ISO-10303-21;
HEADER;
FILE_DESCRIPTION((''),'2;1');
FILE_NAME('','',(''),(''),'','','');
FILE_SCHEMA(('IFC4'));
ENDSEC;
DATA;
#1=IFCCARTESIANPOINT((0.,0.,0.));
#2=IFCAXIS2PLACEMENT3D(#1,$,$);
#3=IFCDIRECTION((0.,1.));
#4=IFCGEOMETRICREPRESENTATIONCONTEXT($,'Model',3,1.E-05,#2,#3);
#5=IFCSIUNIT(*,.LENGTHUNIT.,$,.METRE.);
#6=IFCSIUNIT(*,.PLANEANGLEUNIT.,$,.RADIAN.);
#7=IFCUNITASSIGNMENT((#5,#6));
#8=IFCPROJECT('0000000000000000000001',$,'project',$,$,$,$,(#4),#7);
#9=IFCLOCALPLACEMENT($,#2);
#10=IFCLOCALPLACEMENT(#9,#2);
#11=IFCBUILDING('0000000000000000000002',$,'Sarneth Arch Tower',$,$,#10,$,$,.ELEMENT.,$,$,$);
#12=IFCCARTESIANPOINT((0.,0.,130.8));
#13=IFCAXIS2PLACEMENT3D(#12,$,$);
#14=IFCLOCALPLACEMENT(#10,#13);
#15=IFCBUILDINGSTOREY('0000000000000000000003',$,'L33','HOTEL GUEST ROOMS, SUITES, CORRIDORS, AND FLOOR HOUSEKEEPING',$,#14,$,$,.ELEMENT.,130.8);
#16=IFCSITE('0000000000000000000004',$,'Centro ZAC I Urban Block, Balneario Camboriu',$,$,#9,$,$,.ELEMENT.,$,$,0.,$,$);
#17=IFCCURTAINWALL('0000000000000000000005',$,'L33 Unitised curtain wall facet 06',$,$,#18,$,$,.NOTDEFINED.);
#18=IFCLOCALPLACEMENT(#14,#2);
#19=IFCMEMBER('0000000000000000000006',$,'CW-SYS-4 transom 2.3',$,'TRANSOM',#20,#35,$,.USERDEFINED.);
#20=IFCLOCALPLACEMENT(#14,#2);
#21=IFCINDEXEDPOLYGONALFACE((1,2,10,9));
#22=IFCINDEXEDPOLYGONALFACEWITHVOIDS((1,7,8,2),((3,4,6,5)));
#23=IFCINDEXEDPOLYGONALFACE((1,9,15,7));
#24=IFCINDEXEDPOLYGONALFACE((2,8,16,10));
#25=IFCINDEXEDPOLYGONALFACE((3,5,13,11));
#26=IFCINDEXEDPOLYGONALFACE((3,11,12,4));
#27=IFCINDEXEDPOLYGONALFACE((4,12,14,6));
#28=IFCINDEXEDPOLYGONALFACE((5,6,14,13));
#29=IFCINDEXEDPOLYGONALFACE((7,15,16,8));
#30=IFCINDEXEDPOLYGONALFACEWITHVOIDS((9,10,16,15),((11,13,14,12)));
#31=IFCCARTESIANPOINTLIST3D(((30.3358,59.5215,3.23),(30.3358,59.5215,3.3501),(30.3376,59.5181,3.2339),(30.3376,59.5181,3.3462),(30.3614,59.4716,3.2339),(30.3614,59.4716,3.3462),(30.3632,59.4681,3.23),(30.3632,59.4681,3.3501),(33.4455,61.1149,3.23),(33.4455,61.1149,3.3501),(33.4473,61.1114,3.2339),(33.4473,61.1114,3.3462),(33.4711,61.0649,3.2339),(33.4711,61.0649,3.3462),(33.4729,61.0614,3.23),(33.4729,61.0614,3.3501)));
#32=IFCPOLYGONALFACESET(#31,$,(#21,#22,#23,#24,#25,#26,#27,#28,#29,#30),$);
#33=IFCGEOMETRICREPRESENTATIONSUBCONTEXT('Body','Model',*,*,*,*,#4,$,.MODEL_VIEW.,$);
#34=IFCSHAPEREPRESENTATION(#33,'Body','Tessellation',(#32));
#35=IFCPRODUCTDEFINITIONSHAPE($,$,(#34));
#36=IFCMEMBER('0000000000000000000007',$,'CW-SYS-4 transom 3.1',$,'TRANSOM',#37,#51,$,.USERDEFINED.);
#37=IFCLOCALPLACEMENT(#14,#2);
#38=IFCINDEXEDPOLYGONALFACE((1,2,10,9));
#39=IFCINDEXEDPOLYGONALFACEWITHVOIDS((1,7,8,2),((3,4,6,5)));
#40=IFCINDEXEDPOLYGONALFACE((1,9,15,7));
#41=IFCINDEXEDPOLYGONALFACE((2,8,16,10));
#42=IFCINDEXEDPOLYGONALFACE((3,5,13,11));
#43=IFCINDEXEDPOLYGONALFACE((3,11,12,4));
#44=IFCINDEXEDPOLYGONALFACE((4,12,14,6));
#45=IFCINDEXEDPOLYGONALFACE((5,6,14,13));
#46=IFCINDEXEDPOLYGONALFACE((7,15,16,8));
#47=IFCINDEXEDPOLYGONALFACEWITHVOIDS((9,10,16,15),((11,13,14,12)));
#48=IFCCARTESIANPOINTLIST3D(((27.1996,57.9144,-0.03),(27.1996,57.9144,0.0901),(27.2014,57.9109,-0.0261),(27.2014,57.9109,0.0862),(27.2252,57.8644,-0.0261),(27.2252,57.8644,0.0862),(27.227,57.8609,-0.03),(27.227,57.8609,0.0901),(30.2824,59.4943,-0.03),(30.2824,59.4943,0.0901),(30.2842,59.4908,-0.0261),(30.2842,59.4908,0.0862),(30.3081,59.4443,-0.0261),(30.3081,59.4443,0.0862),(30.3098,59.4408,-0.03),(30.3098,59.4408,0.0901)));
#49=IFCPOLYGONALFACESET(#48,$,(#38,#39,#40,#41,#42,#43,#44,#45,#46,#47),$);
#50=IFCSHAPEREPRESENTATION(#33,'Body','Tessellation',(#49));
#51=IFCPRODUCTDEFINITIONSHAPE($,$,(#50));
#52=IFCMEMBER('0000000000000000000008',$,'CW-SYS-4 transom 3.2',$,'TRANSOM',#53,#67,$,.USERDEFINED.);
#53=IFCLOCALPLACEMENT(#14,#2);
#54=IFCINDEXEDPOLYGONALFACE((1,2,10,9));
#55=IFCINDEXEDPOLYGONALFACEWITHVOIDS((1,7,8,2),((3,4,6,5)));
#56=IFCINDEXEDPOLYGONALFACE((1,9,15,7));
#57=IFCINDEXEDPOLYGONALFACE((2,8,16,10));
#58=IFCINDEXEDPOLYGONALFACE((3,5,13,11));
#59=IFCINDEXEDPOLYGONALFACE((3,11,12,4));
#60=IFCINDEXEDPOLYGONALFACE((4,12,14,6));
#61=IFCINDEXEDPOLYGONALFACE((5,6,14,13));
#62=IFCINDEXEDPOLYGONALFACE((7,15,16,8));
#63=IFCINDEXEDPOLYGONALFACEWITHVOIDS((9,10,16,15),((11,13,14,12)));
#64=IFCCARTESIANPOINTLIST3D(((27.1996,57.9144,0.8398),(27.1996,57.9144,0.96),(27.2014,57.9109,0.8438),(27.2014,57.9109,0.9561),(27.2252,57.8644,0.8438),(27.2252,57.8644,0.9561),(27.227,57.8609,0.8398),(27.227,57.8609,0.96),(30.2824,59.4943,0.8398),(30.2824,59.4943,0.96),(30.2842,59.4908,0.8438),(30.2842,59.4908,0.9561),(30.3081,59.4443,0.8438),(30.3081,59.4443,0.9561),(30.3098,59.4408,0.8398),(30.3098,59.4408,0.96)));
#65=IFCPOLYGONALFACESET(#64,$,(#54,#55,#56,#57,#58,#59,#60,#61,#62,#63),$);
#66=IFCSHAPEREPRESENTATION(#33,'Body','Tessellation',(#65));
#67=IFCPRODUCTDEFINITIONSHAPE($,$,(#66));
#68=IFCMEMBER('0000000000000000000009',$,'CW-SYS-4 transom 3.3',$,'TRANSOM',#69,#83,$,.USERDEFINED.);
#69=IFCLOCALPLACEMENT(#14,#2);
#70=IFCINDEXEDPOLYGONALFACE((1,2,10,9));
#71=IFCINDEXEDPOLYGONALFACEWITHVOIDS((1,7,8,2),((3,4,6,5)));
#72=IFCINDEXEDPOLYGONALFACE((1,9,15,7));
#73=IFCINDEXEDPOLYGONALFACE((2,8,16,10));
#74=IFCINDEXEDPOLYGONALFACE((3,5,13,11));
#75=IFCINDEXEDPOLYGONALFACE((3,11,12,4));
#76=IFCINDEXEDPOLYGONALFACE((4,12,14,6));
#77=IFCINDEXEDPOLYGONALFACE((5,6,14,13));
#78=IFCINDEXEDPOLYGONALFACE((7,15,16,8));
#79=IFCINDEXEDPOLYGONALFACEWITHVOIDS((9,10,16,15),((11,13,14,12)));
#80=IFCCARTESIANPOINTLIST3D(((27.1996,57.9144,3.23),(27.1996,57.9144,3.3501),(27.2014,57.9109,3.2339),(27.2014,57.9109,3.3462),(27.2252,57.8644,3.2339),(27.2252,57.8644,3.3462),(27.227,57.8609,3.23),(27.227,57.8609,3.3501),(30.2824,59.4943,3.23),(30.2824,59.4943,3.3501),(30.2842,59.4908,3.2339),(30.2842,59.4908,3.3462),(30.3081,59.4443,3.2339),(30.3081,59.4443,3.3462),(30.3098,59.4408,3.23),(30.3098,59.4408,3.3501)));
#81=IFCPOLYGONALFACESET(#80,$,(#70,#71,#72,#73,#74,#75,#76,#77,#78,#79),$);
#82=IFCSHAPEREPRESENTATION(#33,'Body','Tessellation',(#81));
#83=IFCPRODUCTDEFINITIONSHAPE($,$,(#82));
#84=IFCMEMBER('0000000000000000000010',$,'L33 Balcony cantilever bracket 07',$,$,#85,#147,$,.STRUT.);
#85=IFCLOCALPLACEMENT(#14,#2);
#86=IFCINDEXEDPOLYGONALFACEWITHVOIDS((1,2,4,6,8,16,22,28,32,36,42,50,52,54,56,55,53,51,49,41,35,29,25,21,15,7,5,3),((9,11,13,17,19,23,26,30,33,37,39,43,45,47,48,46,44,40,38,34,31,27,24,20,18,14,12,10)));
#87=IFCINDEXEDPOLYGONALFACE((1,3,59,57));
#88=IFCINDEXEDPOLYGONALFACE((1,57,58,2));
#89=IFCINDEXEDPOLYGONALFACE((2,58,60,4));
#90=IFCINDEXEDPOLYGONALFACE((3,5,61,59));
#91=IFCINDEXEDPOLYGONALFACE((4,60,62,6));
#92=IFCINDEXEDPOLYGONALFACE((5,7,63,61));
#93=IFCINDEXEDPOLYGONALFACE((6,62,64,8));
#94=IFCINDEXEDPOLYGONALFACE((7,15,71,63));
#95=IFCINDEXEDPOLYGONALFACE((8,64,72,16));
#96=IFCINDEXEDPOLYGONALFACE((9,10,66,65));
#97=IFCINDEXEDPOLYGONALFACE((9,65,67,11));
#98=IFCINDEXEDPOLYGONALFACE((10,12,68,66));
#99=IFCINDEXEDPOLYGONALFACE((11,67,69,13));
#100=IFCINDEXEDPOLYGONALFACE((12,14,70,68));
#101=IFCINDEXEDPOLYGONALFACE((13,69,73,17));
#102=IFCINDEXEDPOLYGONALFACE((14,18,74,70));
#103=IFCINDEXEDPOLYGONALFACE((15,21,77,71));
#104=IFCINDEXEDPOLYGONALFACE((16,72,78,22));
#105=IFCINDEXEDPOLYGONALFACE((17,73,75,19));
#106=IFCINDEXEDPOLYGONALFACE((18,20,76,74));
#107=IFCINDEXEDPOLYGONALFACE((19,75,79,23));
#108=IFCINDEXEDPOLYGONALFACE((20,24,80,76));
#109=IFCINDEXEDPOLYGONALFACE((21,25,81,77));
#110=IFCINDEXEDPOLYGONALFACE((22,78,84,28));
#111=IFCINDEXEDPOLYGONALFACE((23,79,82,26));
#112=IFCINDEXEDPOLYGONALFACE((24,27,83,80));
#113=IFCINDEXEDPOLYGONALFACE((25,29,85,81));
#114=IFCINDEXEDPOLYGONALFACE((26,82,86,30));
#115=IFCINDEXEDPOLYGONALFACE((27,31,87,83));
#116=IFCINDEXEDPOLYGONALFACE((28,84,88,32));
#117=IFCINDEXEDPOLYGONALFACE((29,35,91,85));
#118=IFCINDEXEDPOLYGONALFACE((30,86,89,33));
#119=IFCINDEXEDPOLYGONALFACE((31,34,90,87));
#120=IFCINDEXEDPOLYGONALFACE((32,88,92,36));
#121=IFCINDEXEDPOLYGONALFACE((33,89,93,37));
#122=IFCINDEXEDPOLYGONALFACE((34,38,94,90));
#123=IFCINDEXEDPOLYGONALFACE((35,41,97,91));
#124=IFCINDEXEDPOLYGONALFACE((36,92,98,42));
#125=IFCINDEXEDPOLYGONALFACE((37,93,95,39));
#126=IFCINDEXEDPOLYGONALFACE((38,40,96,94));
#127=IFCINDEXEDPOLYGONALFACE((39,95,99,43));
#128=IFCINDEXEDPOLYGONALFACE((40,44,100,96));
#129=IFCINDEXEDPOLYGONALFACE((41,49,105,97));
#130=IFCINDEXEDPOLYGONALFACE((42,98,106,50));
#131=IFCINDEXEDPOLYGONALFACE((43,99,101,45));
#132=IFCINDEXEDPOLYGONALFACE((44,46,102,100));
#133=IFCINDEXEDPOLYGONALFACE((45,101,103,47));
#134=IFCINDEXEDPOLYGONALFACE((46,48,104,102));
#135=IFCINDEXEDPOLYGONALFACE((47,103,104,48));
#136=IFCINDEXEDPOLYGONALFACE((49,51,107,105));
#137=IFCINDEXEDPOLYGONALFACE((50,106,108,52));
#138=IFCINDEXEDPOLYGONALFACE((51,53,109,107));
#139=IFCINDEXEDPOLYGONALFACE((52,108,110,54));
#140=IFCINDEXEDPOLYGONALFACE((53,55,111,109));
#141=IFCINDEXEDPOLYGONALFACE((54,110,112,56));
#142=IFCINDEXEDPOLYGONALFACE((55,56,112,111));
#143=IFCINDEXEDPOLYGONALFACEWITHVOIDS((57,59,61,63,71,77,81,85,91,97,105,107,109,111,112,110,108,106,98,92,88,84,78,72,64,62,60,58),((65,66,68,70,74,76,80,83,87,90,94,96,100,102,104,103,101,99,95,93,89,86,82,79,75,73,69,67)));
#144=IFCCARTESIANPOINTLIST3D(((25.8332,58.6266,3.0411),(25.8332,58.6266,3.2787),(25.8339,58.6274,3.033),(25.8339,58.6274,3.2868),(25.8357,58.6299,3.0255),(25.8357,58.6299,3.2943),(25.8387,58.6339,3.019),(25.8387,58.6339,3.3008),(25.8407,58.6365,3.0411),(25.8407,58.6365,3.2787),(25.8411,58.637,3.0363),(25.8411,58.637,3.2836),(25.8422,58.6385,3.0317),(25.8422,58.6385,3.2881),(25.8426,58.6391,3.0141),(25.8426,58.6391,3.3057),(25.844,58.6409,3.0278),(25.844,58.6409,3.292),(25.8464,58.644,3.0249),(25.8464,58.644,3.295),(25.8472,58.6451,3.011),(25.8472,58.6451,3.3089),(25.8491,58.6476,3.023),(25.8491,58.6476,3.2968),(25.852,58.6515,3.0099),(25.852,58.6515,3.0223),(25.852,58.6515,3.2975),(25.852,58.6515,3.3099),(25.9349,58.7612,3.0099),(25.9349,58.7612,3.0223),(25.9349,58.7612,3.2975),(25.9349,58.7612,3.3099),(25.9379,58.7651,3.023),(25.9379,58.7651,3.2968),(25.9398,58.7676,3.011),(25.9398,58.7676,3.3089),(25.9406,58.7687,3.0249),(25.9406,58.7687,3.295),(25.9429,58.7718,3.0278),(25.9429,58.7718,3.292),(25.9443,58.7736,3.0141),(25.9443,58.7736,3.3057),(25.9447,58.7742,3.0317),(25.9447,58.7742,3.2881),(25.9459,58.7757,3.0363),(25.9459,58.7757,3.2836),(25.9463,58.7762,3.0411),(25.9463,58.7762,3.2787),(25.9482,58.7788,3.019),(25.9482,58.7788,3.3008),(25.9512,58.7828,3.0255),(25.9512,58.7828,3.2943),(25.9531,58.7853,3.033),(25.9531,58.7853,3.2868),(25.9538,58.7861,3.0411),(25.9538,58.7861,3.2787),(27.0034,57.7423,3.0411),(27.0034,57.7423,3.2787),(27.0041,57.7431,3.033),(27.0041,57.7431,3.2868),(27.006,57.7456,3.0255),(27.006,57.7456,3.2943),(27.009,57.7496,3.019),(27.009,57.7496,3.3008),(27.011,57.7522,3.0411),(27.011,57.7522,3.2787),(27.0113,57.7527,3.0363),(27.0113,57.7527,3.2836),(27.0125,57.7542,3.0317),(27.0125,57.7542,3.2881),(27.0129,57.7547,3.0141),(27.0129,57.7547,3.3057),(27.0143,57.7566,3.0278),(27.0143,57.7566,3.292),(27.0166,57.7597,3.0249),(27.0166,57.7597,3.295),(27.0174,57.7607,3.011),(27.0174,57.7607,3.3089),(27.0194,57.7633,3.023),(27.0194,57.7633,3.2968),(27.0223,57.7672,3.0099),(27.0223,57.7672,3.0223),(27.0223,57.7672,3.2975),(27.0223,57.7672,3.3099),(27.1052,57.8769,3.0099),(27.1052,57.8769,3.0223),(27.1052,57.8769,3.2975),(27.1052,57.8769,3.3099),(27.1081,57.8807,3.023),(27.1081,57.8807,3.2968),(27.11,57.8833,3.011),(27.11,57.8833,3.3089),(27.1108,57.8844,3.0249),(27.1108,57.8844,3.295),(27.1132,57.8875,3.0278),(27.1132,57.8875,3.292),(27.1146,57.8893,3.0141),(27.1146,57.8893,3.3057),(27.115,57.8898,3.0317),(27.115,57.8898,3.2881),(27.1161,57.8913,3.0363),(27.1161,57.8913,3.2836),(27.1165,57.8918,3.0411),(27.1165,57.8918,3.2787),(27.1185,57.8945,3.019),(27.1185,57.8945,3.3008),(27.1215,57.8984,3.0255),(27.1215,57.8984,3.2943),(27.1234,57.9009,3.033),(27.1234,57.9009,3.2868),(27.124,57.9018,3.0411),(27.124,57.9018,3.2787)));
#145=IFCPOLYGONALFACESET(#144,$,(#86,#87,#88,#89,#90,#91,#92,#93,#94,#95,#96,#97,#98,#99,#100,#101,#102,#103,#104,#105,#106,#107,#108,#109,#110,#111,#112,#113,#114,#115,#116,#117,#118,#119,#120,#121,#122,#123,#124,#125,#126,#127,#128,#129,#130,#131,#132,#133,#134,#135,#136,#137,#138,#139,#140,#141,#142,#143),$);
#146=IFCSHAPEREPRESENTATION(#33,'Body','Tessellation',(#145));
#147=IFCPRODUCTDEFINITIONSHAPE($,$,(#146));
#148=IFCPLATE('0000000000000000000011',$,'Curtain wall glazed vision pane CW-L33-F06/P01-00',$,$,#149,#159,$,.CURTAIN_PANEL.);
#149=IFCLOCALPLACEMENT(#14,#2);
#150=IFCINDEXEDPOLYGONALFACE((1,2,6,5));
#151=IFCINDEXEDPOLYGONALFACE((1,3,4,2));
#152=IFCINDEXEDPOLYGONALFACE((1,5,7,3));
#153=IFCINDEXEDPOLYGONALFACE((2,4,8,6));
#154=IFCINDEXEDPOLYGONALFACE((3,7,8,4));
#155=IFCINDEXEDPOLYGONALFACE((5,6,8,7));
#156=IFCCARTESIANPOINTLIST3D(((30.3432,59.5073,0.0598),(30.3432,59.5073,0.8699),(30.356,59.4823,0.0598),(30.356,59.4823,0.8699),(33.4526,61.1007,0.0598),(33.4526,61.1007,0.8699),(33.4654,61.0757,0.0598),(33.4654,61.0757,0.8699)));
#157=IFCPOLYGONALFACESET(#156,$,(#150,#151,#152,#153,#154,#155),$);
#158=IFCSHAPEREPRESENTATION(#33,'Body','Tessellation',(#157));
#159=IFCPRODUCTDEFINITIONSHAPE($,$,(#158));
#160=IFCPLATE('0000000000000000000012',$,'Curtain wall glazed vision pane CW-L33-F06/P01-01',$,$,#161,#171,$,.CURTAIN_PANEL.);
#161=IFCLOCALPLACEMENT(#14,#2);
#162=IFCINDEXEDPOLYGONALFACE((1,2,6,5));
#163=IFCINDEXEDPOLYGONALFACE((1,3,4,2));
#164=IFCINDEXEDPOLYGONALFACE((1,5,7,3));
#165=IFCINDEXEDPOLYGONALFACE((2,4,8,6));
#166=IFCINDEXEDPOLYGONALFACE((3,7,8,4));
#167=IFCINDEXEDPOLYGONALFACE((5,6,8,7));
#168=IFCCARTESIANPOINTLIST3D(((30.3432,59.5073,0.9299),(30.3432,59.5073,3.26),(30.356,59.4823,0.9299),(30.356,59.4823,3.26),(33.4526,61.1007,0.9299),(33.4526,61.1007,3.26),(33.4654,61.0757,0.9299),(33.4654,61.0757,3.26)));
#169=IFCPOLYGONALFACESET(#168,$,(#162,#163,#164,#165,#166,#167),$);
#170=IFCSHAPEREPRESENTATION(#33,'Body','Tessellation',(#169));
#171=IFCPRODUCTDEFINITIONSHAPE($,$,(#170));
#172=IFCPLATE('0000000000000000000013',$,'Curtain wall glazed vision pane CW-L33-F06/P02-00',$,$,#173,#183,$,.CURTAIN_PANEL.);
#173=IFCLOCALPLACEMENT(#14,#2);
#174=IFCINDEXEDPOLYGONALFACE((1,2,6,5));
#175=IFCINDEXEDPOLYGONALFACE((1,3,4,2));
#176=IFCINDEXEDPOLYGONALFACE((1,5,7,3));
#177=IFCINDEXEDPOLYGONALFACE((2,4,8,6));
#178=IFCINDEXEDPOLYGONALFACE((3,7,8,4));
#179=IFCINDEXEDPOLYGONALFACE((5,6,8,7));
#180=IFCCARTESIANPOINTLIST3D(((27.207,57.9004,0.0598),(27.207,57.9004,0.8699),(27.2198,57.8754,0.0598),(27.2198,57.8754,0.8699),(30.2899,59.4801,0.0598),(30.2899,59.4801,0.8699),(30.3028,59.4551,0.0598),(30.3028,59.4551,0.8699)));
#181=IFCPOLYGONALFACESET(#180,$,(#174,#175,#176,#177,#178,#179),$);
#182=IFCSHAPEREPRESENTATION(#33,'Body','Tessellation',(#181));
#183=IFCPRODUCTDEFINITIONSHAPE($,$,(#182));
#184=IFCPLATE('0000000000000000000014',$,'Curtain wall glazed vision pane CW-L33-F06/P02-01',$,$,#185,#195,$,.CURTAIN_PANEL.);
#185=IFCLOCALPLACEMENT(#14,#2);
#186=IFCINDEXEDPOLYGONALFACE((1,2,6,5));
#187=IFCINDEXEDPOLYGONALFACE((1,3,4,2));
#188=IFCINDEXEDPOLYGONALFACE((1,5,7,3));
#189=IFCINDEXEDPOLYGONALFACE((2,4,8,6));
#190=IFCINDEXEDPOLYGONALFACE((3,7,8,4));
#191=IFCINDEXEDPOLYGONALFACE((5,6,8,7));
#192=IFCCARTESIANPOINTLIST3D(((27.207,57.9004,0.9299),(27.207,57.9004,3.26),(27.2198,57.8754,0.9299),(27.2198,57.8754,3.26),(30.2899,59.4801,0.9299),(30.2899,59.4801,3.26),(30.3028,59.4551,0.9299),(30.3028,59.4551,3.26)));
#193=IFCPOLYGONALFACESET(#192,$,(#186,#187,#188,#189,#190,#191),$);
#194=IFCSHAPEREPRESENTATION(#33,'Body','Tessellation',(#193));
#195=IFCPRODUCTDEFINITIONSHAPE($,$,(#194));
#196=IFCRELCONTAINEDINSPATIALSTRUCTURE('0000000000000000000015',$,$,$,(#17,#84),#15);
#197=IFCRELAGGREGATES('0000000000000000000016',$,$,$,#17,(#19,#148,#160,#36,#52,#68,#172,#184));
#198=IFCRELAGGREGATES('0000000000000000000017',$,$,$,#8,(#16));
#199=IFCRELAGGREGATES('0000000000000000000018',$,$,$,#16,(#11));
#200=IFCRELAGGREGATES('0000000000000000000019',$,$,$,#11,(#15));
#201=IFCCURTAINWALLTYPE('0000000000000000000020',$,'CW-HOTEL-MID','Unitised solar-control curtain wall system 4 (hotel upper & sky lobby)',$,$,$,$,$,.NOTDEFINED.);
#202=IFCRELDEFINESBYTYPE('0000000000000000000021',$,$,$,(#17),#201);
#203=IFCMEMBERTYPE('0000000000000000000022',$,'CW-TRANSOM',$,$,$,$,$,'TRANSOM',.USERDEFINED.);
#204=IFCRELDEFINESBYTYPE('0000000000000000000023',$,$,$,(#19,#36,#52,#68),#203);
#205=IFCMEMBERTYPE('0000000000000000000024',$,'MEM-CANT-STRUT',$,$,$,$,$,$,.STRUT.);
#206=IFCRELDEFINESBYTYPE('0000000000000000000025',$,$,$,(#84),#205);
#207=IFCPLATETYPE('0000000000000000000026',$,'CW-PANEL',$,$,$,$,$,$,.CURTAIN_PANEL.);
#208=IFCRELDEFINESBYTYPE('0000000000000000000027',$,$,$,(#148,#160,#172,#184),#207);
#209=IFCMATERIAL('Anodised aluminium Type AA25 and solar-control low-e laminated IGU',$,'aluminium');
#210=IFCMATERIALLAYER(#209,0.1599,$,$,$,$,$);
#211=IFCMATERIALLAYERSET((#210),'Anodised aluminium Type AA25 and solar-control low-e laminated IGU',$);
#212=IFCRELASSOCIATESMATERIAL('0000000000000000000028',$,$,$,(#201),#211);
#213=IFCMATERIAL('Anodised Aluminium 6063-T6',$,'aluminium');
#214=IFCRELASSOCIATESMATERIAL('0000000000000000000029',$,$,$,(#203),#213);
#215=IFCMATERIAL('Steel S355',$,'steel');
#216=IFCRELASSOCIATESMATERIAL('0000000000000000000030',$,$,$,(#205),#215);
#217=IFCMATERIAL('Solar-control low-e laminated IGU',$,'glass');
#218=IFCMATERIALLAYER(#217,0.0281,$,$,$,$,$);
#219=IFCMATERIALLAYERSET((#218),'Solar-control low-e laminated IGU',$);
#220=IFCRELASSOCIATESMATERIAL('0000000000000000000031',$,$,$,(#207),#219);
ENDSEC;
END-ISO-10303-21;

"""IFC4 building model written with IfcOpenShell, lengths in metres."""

from ifc_helpers import new_model, si_unit, direction, frame, origin, origin_2d, place, context, subcontext, project, spatial, rectangle, hollow_rectangle, extrude, material, layer, layer_set, material_profile, profile_set, type_object, element, aggregate, save


model = new_model("IFC4")

# Units and contexts
model_context = context("Model", 3, precision=1e-05, world=origin(), true_north=direction((0.0, 1.0)))
body_context = subcontext(model_context, "Body", "Model", "MODEL_VIEW")
ifc_project = project(units=[si_unit("LENGTHUNIT", "METRE"), si_unit("PLANEANGLEUNIT", "RADIAN")], contexts=[model_context])

# Site, building, storey
site_placement = place(None, origin())
site = spatial("IfcSite", under=ifc_project, at=site_placement, Name="Centro ZAC I Urban Block, Balneario Camboriu", CompositionType="ELEMENT", RefElevation=0.0)
building_placement = place(site_placement, origin())
building = spatial("IfcBuilding", under=site, at=building_placement, Name="Sarneth Arch Tower", CompositionType="ELEMENT")
storey_placement = place(building_placement, frame((0.0, 0.0, 130.8)))
storey = spatial("IfcBuildingStorey", under=building, at=storey_placement, Name="L33", Description="HOTEL GUEST ROOMS, SUITES, CORRIDORS, AND FLOOR HOUSEKEEPING", CompositionType="ELEMENT", Elevation=130.8)

# Curtain wall, members
ifc_material_1 = material(Name="Anodised aluminium Type AA25 and solar-control low-e laminated IGU", Category="aluminium")
ifc_layer_1 = layer(ifc_material_1, 0.1599)
ifc_layer_set_1 = layer_set([ifc_layer_1], Name="Anodised aluminium Type AA25 and solar-control low-e laminated IGU")
curtain_wall_type = type_object("IfcCurtainWallType", Name="CW-HOTEL-MID", Description="Unitised solar-control curtain wall system 4 (hotel upper & sky lobby)", PredefinedType="NOTDEFINED", material=ifc_layer_set_1)
curtain_wall_placement = place(storey_placement, origin())
curtain_wall = element("IfcCurtainWall", 1, at=curtain_wall_placement, inside=storey, type_object=curtain_wall_type, Name="L33 Unitised curtain wall facet 06", PredefinedType="NOTDEFINED")
ifc_material_2 = material(Name="Anodised Aluminium 6063-T6", Category="aluminium")
ifc_material_profile_1 = material_profile(ifc_material_2, hollow_rectangle(XDim=0.0601, YDim=0.1201, WallThickness=0.0039, at=origin_2d()), Name="AL-TRAN-120x60x4")
ifc_profile_set_1 = profile_set([ifc_material_profile_1], Name="Anodised Aluminium 6063-T6")
member_type_1 = type_object("IfcMemberType", Name="CW-TRANSOM", ElementType="TRANSOM", PredefinedType="USERDEFINED", material=ifc_profile_set_1)
member_1_placement = place(storey_placement, frame((33.4592, 61.0881, 3.29), z_axis=(-0.889982, -0.455996, 0.0), x_axis=(0.455996, -0.889982, 0.0)))
member_1 = element("IfcMember", 2, at=member_1_placement, type_object=member_type_1, Name="CW-SYS-4 transom 2.3", ObjectType="TRANSOM", PredefinedType="USERDEFINED", context=body_context, shape_type="SweptSolid", body=[
    extrude(hollow_rectangle(XDim=0.0601, YDim=0.1201, WallThickness=0.0039, at=origin_2d()), origin(), (0.0, 0.0, 1.0), 3.4941),
])
member_2_placement = place(storey_placement, frame((30.2961, 59.4675, 0.03), z_axis=(-0.889943, -0.456072, 0.0), x_axis=(0.456072, -0.889943, 0.0)))
member_2 = element("IfcMember", 3, at=member_2_placement, type_object=member_type_1, Name="CW-SYS-4 transom 3.1", ObjectType="TRANSOM", PredefinedType="USERDEFINED", context=body_context, shape_type="SweptSolid", body=[
    extrude(hollow_rectangle(XDim=0.0601, YDim=0.1201, WallThickness=0.0039, at=origin_2d()), origin(), (0.0, 0.0, 1.0), 3.4641),
])
member_3_placement = place(storey_placement, frame((30.2961, 59.4675, 0.8999), z_axis=(-0.889943, -0.456072, 0.0), x_axis=(0.456072, -0.889943, 0.0)))
member_3 = element("IfcMember", 4, at=member_3_placement, type_object=member_type_1, Name="CW-SYS-4 transom 3.2", ObjectType="TRANSOM", PredefinedType="USERDEFINED", context=body_context, shape_type="SweptSolid", body=[
    extrude(hollow_rectangle(XDim=0.0601, YDim=0.1201, WallThickness=0.0039, at=origin_2d()), origin(), (0.0, 0.0, 1.0), 3.4641),
])
member_4_placement = place(storey_placement, frame((30.2961, 59.4675, 3.29), z_axis=(-0.889943, -0.456072, 0.0), x_axis=(0.456072, -0.889943, 0.0)))
member_4 = element("IfcMember", 5, at=member_4_placement, type_object=member_type_1, Name="CW-SYS-4 transom 3.3", ObjectType="TRANSOM", PredefinedType="USERDEFINED", context=body_context, shape_type="SweptSolid", body=[
    extrude(hollow_rectangle(XDim=0.0601, YDim=0.1201, WallThickness=0.0039, at=origin_2d()), origin(), (0.0, 0.0, 1.0), 3.4641),
])

# Member
ifc_material_3 = material(Name="Steel S355", Category="steel")
ifc_material_profile_2 = material_profile(ifc_material_3, hollow_rectangle(XDim=0.2, YDim=0.3, WallThickness=0.0125, InnerFilletRadius=0.0188, OuterFilletRadius=0.0312, at=origin_2d()), Name="RHS300x200x12.5")
ifc_profile_set_2 = profile_set([ifc_material_profile_2], Name="Steel S355")
member_type_2 = type_object("IfcMemberType", Name="MEM-CANT-STRUT", PredefinedType="STRUT", material=ifc_profile_set_2)
member_5_placement = place(storey_placement, frame((27.0637, 57.822, 3.1599), z_axis=(-0.797818, 0.602899, 0.0), x_axis=(-0.602899, -0.797818, 0.0)))
element("IfcMember", 6, at=member_5_placement, inside=storey, type_object=member_type_2, Name="L33 Balcony cantilever bracket 07", PredefinedType="STRUT", context=body_context, shape_type="SweptSolid", body=[
    extrude(hollow_rectangle(XDim=0.2, YDim=0.3, WallThickness=0.0125, InnerFilletRadius=0.0188, OuterFilletRadius=0.0312, at=origin_2d()), origin(), (0.0, 0.0, 1.0), 1.4668),
])

# Plates
ifc_material_4 = material(Name="Solar-control low-e laminated IGU", Category="glass")
ifc_layer_2 = layer(ifc_material_4, 0.0281)
ifc_layer_set_2 = layer_set([ifc_layer_2], Name="Solar-control low-e laminated IGU")
plate_type_1 = type_object("IfcPlateType", Name="CW-PANEL", PredefinedType="CURTAIN_PANEL", material=ifc_layer_set_2)
plate_1_placement = place(storey_placement, frame((31.9043, 60.2915, 0.0598), z_axis=(0.0, 0.0, 1.0), x_axis=(-0.889964, -0.456031, 0.0)))
plate_1 = element("IfcPlate", 7, at=plate_1_placement, type_object=plate_type_1, Name="Curtain wall glazed vision pane CW-L33-F06/P01-00", PredefinedType="CURTAIN_PANEL", context=body_context, shape_type="SweptSolid", body=[
    extrude(rectangle(XDim=3.4939, YDim=0.0281, at=origin_2d()), origin(), (0.0, 0.0, 1.0), 0.8101),
])
plate_2_placement = place(storey_placement, frame((31.9043, 60.2915, 0.9299), z_axis=(0.0, 0.0, 1.0), x_axis=(-0.889964, -0.456031, 0.0)))
plate_2 = element("IfcPlate", 8, at=plate_2_placement, type_object=plate_type_1, Name="Curtain wall glazed vision pane CW-L33-F06/P01-01", PredefinedType="CURTAIN_PANEL", context=body_context, shape_type="SweptSolid", body=[
    extrude(rectangle(XDim=3.4939, YDim=0.0281, at=origin_2d()), origin(), (0.0, 0.0, 1.0), 2.3301),
])
plate_3_placement = place(storey_placement, frame((28.7549, 58.6777, 0.0598), z_axis=(0.0, 0.0, 1.0), x_axis=(-0.889964, -0.456031, 0.0)))
plate_3 = element("IfcPlate", 9, at=plate_3_placement, type_object=plate_type_1, Name="Curtain wall glazed vision pane CW-L33-F06/P02-00", PredefinedType="CURTAIN_PANEL", context=body_context, shape_type="SweptSolid", body=[
    extrude(rectangle(XDim=3.4641, YDim=0.0281, at=origin_2d()), origin(), (0.0, 0.0, 1.0), 0.8101),
])
plate_4_placement = place(storey_placement, frame((28.7549, 58.6777, 0.9299), z_axis=(0.0, 0.0, 1.0), x_axis=(-0.889964, -0.456031, 0.0)))
plate_4 = element("IfcPlate", 10, at=plate_4_placement, type_object=plate_type_1, Name="Curtain wall glazed vision pane CW-L33-F06/P02-01", PredefinedType="CURTAIN_PANEL", context=body_context, shape_type="SweptSolid", body=[
    extrude(rectangle(XDim=3.4641, YDim=0.0281, at=origin_2d()), origin(), (0.0, 0.0, 1.0), 2.3301),
])
aggregate(curtain_wall, [member_1, plate_1, plate_2, member_2, member_3, member_4, plate_3, plate_4])

save(model, "model.ifc")
